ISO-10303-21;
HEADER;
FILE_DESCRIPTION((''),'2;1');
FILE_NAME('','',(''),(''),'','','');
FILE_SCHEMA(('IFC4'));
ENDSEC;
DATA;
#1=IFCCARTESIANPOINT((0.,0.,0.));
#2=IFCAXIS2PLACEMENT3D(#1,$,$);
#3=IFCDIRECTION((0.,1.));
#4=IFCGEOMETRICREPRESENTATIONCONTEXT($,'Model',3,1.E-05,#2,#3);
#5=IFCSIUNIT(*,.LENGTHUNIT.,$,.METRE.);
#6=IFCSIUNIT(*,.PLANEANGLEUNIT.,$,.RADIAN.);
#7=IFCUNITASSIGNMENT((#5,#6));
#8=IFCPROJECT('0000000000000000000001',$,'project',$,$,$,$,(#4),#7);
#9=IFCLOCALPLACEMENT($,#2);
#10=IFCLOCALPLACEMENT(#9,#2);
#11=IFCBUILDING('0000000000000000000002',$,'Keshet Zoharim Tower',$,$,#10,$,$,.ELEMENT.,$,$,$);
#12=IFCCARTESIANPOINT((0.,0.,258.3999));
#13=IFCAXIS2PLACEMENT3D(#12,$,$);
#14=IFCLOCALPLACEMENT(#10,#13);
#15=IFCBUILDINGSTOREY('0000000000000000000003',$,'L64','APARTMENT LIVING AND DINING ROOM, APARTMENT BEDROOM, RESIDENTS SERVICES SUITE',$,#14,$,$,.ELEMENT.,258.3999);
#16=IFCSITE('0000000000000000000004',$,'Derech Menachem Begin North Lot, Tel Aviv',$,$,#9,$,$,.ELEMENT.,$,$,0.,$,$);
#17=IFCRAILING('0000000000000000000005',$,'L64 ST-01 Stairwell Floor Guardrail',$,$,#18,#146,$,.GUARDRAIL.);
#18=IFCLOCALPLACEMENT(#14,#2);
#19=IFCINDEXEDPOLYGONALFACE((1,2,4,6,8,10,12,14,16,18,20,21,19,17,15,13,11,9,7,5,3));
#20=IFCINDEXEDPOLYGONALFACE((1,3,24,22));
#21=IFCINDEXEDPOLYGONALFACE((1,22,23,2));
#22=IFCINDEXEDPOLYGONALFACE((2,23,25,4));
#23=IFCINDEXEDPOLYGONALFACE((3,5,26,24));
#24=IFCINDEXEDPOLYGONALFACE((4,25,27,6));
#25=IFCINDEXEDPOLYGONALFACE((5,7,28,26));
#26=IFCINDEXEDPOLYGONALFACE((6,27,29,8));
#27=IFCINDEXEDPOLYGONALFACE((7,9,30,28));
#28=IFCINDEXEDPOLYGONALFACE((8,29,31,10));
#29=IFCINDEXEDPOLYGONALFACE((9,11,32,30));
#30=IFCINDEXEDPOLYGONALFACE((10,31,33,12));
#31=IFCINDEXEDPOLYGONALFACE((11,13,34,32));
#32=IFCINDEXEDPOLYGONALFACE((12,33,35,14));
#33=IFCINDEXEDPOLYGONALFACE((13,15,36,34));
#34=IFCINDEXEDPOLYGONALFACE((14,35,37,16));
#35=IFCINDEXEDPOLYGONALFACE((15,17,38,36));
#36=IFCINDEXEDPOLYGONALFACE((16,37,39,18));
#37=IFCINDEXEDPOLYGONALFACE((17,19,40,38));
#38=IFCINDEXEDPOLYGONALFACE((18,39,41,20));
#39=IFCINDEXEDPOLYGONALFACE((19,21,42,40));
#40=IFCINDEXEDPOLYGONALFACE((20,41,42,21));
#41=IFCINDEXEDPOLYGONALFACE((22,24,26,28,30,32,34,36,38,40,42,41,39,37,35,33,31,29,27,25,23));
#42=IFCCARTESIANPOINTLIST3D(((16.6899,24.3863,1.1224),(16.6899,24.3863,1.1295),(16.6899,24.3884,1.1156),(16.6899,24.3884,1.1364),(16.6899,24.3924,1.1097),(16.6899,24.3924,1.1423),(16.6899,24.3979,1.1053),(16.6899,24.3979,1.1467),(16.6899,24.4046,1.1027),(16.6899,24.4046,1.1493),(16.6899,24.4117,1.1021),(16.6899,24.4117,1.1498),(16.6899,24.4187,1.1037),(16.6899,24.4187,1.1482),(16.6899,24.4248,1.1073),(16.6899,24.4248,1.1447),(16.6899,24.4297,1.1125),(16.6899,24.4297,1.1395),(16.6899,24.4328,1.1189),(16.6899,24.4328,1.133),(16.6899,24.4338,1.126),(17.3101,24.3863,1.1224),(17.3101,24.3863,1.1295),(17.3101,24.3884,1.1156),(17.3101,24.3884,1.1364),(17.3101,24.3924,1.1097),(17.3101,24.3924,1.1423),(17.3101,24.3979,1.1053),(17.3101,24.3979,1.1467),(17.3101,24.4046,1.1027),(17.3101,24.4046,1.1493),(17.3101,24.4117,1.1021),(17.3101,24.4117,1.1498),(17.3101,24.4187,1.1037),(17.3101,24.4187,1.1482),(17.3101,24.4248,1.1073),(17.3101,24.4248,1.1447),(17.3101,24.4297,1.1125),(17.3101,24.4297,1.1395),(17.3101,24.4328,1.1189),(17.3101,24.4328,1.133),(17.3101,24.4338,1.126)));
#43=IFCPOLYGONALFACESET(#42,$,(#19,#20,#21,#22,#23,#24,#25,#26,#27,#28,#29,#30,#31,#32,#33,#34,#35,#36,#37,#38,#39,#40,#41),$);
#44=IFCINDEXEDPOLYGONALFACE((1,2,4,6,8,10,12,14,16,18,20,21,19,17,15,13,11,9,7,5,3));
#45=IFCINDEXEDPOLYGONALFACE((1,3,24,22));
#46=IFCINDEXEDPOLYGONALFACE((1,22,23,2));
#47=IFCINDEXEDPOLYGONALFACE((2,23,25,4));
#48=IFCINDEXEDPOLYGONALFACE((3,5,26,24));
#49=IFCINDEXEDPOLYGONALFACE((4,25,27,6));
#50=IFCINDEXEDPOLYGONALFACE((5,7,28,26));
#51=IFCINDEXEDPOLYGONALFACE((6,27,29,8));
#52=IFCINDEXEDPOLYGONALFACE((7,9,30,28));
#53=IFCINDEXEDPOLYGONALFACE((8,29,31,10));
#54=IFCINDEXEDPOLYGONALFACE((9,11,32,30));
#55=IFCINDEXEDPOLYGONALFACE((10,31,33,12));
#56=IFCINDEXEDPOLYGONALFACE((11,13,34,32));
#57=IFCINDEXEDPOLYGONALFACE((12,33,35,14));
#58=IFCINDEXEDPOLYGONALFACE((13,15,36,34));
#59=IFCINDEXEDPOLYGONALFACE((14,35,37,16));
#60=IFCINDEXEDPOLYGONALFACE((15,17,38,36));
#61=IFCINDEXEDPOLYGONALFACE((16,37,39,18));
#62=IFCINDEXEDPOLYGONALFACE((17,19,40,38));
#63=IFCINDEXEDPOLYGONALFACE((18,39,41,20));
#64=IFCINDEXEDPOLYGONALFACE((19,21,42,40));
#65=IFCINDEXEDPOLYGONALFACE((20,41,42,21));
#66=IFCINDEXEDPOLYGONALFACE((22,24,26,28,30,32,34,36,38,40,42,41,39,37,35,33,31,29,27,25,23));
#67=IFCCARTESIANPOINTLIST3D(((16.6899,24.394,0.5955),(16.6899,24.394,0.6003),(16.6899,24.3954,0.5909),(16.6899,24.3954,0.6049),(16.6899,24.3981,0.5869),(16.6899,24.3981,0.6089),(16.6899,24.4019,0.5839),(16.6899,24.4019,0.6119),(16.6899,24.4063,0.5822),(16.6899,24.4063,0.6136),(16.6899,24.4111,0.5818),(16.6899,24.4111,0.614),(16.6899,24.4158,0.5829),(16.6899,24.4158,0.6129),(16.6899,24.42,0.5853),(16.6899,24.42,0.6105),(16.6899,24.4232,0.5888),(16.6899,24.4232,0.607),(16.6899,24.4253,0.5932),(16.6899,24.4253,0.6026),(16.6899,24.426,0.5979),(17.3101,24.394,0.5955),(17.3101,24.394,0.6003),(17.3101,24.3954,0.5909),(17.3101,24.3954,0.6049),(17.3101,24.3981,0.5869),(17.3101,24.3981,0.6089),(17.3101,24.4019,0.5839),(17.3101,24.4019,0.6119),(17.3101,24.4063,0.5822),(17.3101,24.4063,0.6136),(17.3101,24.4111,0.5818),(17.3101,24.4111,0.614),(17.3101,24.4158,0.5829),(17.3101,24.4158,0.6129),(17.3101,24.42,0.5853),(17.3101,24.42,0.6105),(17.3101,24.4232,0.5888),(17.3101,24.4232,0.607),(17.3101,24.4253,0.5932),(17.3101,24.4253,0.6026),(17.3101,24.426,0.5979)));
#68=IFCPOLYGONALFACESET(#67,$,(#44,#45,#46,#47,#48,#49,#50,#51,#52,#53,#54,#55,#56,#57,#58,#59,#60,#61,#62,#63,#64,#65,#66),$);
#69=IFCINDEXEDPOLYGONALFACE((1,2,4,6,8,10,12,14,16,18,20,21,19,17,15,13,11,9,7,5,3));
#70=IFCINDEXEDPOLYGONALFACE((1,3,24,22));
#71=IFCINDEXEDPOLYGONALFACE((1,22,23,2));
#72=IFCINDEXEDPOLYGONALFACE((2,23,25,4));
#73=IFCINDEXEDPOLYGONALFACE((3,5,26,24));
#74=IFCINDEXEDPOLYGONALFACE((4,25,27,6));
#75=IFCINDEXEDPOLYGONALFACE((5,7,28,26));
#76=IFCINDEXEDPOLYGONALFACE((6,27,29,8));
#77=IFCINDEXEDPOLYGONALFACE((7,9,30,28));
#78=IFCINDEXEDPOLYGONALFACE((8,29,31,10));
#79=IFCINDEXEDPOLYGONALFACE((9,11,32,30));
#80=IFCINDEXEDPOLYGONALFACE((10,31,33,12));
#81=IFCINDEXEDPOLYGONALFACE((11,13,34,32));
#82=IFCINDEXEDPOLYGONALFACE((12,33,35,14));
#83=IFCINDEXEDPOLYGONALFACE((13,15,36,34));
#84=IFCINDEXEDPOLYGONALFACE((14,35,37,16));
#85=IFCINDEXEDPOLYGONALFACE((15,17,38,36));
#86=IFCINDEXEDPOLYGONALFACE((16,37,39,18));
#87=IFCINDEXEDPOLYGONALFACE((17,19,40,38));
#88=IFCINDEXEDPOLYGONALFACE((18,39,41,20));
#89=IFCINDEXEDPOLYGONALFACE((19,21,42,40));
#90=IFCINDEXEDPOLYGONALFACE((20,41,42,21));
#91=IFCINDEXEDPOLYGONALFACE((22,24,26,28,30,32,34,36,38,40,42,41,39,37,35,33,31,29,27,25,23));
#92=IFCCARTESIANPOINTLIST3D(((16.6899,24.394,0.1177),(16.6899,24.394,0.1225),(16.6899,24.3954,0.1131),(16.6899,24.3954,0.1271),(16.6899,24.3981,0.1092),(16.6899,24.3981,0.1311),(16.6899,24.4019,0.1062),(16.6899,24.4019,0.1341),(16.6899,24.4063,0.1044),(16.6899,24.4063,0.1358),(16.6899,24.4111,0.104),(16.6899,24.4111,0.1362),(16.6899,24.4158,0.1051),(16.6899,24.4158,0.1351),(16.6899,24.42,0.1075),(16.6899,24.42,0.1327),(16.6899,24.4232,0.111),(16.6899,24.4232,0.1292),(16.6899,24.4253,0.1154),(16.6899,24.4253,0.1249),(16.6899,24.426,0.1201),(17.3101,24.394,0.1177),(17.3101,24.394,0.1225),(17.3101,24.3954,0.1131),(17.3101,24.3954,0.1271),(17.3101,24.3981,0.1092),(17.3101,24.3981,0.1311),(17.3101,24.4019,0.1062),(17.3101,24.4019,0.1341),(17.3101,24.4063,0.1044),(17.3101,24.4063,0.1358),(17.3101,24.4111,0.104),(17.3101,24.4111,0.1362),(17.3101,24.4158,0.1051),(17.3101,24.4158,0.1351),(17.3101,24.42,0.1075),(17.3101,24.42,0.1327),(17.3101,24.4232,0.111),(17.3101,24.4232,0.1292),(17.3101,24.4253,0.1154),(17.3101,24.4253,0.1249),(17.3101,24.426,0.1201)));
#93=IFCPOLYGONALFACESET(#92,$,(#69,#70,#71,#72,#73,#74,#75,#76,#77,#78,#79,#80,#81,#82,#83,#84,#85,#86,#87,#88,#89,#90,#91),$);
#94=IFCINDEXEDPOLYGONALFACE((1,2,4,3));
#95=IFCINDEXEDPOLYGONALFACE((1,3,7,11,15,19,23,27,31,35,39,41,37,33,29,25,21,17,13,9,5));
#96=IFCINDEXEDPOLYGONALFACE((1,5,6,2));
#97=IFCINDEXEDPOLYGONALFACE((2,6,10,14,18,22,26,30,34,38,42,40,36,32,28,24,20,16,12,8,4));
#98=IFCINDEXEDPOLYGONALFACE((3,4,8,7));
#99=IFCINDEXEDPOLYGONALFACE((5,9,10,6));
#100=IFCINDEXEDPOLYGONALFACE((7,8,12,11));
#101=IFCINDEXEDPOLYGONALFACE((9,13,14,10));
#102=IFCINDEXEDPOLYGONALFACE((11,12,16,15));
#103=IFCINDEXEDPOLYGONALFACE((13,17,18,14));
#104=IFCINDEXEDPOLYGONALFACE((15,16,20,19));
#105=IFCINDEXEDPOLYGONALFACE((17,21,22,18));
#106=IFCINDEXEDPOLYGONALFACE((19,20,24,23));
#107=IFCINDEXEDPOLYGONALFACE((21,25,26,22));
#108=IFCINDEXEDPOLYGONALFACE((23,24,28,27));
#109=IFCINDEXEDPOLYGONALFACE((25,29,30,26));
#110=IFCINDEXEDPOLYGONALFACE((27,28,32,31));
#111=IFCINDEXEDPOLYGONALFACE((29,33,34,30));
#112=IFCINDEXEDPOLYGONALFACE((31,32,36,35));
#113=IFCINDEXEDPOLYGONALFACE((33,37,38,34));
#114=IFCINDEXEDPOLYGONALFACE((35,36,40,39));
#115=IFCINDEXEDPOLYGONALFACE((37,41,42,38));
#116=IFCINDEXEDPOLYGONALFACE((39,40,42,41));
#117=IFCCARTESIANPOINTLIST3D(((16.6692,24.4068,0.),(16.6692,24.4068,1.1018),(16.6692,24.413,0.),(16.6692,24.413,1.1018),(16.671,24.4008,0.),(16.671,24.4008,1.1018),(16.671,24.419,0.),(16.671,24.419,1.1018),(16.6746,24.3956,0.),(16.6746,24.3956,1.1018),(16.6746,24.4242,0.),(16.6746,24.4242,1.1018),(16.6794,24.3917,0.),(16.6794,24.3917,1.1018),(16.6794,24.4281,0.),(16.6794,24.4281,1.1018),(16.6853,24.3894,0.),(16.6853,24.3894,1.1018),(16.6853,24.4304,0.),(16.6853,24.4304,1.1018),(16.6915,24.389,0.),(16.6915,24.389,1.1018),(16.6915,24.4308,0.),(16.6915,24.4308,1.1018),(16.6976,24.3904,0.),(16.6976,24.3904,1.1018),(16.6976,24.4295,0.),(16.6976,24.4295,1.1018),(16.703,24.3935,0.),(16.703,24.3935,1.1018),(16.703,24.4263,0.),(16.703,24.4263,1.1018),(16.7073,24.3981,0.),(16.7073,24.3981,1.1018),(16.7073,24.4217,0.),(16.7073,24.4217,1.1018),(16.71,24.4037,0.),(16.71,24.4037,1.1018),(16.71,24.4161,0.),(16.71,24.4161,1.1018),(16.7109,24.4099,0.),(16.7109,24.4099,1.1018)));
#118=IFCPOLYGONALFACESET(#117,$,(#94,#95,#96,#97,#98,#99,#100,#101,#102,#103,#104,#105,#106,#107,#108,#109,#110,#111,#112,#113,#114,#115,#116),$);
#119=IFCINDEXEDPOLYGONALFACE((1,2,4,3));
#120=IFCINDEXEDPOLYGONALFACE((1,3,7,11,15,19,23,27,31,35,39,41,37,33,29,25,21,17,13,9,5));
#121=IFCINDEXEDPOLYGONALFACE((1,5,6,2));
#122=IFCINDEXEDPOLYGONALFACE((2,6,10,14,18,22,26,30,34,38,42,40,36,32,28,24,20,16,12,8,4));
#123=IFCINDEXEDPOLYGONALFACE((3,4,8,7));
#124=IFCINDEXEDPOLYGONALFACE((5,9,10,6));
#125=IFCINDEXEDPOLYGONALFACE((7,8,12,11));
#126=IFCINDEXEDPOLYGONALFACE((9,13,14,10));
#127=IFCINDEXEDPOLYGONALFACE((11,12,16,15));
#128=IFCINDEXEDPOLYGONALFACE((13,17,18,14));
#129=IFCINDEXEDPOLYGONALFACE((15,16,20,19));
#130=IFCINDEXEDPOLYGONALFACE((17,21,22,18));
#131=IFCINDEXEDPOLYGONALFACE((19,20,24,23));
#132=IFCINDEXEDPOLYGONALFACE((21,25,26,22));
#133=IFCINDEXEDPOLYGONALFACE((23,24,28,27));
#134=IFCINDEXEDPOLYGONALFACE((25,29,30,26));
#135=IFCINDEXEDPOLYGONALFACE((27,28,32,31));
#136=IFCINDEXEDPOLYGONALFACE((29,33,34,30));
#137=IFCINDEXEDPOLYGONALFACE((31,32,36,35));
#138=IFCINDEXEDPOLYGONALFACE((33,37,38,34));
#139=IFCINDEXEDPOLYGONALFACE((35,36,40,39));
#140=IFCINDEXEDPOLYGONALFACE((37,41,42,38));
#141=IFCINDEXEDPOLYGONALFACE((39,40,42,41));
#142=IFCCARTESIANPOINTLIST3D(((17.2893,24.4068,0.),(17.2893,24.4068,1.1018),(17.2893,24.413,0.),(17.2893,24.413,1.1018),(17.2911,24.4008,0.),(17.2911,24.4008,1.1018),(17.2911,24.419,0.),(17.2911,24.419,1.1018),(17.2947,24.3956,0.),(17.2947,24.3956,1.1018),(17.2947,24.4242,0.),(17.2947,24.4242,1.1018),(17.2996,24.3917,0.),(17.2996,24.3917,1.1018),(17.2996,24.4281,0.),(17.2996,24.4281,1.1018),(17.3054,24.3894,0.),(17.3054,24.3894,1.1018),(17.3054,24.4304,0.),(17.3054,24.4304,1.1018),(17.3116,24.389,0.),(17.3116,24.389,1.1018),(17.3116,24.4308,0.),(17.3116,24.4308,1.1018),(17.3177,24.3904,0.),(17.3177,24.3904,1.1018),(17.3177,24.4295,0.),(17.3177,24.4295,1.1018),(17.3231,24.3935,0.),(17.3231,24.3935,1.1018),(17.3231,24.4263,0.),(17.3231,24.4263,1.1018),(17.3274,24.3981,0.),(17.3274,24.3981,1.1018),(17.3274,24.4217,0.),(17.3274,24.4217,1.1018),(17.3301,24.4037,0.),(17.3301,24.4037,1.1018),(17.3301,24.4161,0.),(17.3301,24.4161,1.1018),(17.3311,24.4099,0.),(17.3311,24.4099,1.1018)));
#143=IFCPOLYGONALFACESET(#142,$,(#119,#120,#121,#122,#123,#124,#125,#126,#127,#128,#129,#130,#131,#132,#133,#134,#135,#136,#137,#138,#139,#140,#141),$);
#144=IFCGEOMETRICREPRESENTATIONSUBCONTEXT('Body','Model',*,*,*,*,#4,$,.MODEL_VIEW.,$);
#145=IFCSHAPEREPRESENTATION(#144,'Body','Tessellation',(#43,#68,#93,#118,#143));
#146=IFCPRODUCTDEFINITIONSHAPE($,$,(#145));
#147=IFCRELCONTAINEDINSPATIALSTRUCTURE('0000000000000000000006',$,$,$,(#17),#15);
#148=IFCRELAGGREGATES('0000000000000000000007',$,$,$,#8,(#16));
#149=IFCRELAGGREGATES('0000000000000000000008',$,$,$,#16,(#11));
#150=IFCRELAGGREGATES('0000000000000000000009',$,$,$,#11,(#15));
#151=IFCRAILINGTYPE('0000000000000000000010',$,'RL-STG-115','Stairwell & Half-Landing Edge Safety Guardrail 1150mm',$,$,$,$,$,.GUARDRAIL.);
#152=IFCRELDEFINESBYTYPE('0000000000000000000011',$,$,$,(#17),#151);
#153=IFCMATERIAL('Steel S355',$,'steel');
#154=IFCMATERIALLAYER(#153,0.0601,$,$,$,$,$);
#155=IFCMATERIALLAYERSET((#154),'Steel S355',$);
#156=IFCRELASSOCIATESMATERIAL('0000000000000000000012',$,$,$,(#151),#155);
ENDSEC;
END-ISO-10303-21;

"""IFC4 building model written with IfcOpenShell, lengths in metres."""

from ifc_helpers import new_model, si_unit, direction, frame, origin, origin_2d, place, context, subcontext, project, spatial, circle, extrude, material, layer, layer_set, type_object, element, save


model = new_model("IFC4")

# Units and contexts
model_context = context("Model", 3, precision=1e-05, world=origin(), true_north=direction((0.0, 1.0)))
body_context = subcontext(model_context, "Body", "Model", "MODEL_VIEW")
ifc_project = project(units=[si_unit("LENGTHUNIT", "METRE"), si_unit("PLANEANGLEUNIT", "RADIAN")], contexts=[model_context])

# Site, building, storey
site_placement = place(None, origin())
site = spatial("IfcSite", under=ifc_project, at=site_placement, Name="Derech Menachem Begin North Lot, Tel Aviv", CompositionType="ELEMENT", RefElevation=0.0)
building_placement = place(site_placement, origin())
building = spatial("IfcBuilding", under=site, at=building_placement, Name="Keshet Zoharim Tower", CompositionType="ELEMENT")
storey_placement = place(building_placement, frame((0.0, 0.0, 258.3999)))
storey = spatial("IfcBuildingStorey", under=building, at=storey_placement, Name="L64", Description="APARTMENT LIVING AND DINING ROOM, APARTMENT BEDROOM, RESIDENTS SERVICES SUITE", CompositionType="ELEMENT", Elevation=258.3999)

# Shared definitions
ifc_material_1 = material(Name="Steel S355", Category="steel")

# Railing
ifc_layer_1 = layer(ifc_material_1, 0.0601)
ifc_layer_set_1 = layer_set([ifc_layer_1], Name="Steel S355")
railing_type_1 = type_object("IfcRailingType", Name="RL-STG-115", Description="Stairwell & Half-Landing Edge Safety Guardrail 1150mm", PredefinedType="GUARDRAIL", material=ifc_layer_set_1)
railing_1_placement = place(storey_placement, frame((16.6899, 24.4099, 0.0)))
element("IfcRailing", 1, at=railing_1_placement, inside=storey, type_object=railing_type_1, Name="L64 ST-01 Stairwell Floor Guardrail", PredefinedType="GUARDRAIL", context=body_context, shape_type="SweptSolid", body=[
    extrude(circle(Radius=0.0239, at=origin_2d()), frame((0.0, 0.0, 1.126), z_axis=(1.0, 0.0, 0.0), x_axis=(0.0, 1.0, 0.0)), (0.0, 0.0, 1.0), 0.6201),
    extrude(circle(Radius=0.0161, at=origin_2d()), frame((0.0, 0.0, 0.5979), z_axis=(1.0, 0.0, 0.0), x_axis=(0.0, 1.0, 0.0)), (0.0, 0.0, 1.0), 0.6201),
    extrude(circle(Radius=0.0161, at=origin_2d()), frame((0.0, 0.0, 0.1201), z_axis=(1.0, 0.0, 0.0), x_axis=(0.0, 1.0, 0.0)), (0.0, 0.0, 1.0), 0.6201),
    extrude(circle(Radius=0.021, at=origin_2d()), origin(), (0.0, 0.0, 1.0), 1.1018),
    extrude(circle(Radius=0.021, at=origin_2d()), frame((0.6201, 0.0, 0.0)), (0.0, 0.0, 1.0), 1.1018),
])

save(model, "model.ifc")
